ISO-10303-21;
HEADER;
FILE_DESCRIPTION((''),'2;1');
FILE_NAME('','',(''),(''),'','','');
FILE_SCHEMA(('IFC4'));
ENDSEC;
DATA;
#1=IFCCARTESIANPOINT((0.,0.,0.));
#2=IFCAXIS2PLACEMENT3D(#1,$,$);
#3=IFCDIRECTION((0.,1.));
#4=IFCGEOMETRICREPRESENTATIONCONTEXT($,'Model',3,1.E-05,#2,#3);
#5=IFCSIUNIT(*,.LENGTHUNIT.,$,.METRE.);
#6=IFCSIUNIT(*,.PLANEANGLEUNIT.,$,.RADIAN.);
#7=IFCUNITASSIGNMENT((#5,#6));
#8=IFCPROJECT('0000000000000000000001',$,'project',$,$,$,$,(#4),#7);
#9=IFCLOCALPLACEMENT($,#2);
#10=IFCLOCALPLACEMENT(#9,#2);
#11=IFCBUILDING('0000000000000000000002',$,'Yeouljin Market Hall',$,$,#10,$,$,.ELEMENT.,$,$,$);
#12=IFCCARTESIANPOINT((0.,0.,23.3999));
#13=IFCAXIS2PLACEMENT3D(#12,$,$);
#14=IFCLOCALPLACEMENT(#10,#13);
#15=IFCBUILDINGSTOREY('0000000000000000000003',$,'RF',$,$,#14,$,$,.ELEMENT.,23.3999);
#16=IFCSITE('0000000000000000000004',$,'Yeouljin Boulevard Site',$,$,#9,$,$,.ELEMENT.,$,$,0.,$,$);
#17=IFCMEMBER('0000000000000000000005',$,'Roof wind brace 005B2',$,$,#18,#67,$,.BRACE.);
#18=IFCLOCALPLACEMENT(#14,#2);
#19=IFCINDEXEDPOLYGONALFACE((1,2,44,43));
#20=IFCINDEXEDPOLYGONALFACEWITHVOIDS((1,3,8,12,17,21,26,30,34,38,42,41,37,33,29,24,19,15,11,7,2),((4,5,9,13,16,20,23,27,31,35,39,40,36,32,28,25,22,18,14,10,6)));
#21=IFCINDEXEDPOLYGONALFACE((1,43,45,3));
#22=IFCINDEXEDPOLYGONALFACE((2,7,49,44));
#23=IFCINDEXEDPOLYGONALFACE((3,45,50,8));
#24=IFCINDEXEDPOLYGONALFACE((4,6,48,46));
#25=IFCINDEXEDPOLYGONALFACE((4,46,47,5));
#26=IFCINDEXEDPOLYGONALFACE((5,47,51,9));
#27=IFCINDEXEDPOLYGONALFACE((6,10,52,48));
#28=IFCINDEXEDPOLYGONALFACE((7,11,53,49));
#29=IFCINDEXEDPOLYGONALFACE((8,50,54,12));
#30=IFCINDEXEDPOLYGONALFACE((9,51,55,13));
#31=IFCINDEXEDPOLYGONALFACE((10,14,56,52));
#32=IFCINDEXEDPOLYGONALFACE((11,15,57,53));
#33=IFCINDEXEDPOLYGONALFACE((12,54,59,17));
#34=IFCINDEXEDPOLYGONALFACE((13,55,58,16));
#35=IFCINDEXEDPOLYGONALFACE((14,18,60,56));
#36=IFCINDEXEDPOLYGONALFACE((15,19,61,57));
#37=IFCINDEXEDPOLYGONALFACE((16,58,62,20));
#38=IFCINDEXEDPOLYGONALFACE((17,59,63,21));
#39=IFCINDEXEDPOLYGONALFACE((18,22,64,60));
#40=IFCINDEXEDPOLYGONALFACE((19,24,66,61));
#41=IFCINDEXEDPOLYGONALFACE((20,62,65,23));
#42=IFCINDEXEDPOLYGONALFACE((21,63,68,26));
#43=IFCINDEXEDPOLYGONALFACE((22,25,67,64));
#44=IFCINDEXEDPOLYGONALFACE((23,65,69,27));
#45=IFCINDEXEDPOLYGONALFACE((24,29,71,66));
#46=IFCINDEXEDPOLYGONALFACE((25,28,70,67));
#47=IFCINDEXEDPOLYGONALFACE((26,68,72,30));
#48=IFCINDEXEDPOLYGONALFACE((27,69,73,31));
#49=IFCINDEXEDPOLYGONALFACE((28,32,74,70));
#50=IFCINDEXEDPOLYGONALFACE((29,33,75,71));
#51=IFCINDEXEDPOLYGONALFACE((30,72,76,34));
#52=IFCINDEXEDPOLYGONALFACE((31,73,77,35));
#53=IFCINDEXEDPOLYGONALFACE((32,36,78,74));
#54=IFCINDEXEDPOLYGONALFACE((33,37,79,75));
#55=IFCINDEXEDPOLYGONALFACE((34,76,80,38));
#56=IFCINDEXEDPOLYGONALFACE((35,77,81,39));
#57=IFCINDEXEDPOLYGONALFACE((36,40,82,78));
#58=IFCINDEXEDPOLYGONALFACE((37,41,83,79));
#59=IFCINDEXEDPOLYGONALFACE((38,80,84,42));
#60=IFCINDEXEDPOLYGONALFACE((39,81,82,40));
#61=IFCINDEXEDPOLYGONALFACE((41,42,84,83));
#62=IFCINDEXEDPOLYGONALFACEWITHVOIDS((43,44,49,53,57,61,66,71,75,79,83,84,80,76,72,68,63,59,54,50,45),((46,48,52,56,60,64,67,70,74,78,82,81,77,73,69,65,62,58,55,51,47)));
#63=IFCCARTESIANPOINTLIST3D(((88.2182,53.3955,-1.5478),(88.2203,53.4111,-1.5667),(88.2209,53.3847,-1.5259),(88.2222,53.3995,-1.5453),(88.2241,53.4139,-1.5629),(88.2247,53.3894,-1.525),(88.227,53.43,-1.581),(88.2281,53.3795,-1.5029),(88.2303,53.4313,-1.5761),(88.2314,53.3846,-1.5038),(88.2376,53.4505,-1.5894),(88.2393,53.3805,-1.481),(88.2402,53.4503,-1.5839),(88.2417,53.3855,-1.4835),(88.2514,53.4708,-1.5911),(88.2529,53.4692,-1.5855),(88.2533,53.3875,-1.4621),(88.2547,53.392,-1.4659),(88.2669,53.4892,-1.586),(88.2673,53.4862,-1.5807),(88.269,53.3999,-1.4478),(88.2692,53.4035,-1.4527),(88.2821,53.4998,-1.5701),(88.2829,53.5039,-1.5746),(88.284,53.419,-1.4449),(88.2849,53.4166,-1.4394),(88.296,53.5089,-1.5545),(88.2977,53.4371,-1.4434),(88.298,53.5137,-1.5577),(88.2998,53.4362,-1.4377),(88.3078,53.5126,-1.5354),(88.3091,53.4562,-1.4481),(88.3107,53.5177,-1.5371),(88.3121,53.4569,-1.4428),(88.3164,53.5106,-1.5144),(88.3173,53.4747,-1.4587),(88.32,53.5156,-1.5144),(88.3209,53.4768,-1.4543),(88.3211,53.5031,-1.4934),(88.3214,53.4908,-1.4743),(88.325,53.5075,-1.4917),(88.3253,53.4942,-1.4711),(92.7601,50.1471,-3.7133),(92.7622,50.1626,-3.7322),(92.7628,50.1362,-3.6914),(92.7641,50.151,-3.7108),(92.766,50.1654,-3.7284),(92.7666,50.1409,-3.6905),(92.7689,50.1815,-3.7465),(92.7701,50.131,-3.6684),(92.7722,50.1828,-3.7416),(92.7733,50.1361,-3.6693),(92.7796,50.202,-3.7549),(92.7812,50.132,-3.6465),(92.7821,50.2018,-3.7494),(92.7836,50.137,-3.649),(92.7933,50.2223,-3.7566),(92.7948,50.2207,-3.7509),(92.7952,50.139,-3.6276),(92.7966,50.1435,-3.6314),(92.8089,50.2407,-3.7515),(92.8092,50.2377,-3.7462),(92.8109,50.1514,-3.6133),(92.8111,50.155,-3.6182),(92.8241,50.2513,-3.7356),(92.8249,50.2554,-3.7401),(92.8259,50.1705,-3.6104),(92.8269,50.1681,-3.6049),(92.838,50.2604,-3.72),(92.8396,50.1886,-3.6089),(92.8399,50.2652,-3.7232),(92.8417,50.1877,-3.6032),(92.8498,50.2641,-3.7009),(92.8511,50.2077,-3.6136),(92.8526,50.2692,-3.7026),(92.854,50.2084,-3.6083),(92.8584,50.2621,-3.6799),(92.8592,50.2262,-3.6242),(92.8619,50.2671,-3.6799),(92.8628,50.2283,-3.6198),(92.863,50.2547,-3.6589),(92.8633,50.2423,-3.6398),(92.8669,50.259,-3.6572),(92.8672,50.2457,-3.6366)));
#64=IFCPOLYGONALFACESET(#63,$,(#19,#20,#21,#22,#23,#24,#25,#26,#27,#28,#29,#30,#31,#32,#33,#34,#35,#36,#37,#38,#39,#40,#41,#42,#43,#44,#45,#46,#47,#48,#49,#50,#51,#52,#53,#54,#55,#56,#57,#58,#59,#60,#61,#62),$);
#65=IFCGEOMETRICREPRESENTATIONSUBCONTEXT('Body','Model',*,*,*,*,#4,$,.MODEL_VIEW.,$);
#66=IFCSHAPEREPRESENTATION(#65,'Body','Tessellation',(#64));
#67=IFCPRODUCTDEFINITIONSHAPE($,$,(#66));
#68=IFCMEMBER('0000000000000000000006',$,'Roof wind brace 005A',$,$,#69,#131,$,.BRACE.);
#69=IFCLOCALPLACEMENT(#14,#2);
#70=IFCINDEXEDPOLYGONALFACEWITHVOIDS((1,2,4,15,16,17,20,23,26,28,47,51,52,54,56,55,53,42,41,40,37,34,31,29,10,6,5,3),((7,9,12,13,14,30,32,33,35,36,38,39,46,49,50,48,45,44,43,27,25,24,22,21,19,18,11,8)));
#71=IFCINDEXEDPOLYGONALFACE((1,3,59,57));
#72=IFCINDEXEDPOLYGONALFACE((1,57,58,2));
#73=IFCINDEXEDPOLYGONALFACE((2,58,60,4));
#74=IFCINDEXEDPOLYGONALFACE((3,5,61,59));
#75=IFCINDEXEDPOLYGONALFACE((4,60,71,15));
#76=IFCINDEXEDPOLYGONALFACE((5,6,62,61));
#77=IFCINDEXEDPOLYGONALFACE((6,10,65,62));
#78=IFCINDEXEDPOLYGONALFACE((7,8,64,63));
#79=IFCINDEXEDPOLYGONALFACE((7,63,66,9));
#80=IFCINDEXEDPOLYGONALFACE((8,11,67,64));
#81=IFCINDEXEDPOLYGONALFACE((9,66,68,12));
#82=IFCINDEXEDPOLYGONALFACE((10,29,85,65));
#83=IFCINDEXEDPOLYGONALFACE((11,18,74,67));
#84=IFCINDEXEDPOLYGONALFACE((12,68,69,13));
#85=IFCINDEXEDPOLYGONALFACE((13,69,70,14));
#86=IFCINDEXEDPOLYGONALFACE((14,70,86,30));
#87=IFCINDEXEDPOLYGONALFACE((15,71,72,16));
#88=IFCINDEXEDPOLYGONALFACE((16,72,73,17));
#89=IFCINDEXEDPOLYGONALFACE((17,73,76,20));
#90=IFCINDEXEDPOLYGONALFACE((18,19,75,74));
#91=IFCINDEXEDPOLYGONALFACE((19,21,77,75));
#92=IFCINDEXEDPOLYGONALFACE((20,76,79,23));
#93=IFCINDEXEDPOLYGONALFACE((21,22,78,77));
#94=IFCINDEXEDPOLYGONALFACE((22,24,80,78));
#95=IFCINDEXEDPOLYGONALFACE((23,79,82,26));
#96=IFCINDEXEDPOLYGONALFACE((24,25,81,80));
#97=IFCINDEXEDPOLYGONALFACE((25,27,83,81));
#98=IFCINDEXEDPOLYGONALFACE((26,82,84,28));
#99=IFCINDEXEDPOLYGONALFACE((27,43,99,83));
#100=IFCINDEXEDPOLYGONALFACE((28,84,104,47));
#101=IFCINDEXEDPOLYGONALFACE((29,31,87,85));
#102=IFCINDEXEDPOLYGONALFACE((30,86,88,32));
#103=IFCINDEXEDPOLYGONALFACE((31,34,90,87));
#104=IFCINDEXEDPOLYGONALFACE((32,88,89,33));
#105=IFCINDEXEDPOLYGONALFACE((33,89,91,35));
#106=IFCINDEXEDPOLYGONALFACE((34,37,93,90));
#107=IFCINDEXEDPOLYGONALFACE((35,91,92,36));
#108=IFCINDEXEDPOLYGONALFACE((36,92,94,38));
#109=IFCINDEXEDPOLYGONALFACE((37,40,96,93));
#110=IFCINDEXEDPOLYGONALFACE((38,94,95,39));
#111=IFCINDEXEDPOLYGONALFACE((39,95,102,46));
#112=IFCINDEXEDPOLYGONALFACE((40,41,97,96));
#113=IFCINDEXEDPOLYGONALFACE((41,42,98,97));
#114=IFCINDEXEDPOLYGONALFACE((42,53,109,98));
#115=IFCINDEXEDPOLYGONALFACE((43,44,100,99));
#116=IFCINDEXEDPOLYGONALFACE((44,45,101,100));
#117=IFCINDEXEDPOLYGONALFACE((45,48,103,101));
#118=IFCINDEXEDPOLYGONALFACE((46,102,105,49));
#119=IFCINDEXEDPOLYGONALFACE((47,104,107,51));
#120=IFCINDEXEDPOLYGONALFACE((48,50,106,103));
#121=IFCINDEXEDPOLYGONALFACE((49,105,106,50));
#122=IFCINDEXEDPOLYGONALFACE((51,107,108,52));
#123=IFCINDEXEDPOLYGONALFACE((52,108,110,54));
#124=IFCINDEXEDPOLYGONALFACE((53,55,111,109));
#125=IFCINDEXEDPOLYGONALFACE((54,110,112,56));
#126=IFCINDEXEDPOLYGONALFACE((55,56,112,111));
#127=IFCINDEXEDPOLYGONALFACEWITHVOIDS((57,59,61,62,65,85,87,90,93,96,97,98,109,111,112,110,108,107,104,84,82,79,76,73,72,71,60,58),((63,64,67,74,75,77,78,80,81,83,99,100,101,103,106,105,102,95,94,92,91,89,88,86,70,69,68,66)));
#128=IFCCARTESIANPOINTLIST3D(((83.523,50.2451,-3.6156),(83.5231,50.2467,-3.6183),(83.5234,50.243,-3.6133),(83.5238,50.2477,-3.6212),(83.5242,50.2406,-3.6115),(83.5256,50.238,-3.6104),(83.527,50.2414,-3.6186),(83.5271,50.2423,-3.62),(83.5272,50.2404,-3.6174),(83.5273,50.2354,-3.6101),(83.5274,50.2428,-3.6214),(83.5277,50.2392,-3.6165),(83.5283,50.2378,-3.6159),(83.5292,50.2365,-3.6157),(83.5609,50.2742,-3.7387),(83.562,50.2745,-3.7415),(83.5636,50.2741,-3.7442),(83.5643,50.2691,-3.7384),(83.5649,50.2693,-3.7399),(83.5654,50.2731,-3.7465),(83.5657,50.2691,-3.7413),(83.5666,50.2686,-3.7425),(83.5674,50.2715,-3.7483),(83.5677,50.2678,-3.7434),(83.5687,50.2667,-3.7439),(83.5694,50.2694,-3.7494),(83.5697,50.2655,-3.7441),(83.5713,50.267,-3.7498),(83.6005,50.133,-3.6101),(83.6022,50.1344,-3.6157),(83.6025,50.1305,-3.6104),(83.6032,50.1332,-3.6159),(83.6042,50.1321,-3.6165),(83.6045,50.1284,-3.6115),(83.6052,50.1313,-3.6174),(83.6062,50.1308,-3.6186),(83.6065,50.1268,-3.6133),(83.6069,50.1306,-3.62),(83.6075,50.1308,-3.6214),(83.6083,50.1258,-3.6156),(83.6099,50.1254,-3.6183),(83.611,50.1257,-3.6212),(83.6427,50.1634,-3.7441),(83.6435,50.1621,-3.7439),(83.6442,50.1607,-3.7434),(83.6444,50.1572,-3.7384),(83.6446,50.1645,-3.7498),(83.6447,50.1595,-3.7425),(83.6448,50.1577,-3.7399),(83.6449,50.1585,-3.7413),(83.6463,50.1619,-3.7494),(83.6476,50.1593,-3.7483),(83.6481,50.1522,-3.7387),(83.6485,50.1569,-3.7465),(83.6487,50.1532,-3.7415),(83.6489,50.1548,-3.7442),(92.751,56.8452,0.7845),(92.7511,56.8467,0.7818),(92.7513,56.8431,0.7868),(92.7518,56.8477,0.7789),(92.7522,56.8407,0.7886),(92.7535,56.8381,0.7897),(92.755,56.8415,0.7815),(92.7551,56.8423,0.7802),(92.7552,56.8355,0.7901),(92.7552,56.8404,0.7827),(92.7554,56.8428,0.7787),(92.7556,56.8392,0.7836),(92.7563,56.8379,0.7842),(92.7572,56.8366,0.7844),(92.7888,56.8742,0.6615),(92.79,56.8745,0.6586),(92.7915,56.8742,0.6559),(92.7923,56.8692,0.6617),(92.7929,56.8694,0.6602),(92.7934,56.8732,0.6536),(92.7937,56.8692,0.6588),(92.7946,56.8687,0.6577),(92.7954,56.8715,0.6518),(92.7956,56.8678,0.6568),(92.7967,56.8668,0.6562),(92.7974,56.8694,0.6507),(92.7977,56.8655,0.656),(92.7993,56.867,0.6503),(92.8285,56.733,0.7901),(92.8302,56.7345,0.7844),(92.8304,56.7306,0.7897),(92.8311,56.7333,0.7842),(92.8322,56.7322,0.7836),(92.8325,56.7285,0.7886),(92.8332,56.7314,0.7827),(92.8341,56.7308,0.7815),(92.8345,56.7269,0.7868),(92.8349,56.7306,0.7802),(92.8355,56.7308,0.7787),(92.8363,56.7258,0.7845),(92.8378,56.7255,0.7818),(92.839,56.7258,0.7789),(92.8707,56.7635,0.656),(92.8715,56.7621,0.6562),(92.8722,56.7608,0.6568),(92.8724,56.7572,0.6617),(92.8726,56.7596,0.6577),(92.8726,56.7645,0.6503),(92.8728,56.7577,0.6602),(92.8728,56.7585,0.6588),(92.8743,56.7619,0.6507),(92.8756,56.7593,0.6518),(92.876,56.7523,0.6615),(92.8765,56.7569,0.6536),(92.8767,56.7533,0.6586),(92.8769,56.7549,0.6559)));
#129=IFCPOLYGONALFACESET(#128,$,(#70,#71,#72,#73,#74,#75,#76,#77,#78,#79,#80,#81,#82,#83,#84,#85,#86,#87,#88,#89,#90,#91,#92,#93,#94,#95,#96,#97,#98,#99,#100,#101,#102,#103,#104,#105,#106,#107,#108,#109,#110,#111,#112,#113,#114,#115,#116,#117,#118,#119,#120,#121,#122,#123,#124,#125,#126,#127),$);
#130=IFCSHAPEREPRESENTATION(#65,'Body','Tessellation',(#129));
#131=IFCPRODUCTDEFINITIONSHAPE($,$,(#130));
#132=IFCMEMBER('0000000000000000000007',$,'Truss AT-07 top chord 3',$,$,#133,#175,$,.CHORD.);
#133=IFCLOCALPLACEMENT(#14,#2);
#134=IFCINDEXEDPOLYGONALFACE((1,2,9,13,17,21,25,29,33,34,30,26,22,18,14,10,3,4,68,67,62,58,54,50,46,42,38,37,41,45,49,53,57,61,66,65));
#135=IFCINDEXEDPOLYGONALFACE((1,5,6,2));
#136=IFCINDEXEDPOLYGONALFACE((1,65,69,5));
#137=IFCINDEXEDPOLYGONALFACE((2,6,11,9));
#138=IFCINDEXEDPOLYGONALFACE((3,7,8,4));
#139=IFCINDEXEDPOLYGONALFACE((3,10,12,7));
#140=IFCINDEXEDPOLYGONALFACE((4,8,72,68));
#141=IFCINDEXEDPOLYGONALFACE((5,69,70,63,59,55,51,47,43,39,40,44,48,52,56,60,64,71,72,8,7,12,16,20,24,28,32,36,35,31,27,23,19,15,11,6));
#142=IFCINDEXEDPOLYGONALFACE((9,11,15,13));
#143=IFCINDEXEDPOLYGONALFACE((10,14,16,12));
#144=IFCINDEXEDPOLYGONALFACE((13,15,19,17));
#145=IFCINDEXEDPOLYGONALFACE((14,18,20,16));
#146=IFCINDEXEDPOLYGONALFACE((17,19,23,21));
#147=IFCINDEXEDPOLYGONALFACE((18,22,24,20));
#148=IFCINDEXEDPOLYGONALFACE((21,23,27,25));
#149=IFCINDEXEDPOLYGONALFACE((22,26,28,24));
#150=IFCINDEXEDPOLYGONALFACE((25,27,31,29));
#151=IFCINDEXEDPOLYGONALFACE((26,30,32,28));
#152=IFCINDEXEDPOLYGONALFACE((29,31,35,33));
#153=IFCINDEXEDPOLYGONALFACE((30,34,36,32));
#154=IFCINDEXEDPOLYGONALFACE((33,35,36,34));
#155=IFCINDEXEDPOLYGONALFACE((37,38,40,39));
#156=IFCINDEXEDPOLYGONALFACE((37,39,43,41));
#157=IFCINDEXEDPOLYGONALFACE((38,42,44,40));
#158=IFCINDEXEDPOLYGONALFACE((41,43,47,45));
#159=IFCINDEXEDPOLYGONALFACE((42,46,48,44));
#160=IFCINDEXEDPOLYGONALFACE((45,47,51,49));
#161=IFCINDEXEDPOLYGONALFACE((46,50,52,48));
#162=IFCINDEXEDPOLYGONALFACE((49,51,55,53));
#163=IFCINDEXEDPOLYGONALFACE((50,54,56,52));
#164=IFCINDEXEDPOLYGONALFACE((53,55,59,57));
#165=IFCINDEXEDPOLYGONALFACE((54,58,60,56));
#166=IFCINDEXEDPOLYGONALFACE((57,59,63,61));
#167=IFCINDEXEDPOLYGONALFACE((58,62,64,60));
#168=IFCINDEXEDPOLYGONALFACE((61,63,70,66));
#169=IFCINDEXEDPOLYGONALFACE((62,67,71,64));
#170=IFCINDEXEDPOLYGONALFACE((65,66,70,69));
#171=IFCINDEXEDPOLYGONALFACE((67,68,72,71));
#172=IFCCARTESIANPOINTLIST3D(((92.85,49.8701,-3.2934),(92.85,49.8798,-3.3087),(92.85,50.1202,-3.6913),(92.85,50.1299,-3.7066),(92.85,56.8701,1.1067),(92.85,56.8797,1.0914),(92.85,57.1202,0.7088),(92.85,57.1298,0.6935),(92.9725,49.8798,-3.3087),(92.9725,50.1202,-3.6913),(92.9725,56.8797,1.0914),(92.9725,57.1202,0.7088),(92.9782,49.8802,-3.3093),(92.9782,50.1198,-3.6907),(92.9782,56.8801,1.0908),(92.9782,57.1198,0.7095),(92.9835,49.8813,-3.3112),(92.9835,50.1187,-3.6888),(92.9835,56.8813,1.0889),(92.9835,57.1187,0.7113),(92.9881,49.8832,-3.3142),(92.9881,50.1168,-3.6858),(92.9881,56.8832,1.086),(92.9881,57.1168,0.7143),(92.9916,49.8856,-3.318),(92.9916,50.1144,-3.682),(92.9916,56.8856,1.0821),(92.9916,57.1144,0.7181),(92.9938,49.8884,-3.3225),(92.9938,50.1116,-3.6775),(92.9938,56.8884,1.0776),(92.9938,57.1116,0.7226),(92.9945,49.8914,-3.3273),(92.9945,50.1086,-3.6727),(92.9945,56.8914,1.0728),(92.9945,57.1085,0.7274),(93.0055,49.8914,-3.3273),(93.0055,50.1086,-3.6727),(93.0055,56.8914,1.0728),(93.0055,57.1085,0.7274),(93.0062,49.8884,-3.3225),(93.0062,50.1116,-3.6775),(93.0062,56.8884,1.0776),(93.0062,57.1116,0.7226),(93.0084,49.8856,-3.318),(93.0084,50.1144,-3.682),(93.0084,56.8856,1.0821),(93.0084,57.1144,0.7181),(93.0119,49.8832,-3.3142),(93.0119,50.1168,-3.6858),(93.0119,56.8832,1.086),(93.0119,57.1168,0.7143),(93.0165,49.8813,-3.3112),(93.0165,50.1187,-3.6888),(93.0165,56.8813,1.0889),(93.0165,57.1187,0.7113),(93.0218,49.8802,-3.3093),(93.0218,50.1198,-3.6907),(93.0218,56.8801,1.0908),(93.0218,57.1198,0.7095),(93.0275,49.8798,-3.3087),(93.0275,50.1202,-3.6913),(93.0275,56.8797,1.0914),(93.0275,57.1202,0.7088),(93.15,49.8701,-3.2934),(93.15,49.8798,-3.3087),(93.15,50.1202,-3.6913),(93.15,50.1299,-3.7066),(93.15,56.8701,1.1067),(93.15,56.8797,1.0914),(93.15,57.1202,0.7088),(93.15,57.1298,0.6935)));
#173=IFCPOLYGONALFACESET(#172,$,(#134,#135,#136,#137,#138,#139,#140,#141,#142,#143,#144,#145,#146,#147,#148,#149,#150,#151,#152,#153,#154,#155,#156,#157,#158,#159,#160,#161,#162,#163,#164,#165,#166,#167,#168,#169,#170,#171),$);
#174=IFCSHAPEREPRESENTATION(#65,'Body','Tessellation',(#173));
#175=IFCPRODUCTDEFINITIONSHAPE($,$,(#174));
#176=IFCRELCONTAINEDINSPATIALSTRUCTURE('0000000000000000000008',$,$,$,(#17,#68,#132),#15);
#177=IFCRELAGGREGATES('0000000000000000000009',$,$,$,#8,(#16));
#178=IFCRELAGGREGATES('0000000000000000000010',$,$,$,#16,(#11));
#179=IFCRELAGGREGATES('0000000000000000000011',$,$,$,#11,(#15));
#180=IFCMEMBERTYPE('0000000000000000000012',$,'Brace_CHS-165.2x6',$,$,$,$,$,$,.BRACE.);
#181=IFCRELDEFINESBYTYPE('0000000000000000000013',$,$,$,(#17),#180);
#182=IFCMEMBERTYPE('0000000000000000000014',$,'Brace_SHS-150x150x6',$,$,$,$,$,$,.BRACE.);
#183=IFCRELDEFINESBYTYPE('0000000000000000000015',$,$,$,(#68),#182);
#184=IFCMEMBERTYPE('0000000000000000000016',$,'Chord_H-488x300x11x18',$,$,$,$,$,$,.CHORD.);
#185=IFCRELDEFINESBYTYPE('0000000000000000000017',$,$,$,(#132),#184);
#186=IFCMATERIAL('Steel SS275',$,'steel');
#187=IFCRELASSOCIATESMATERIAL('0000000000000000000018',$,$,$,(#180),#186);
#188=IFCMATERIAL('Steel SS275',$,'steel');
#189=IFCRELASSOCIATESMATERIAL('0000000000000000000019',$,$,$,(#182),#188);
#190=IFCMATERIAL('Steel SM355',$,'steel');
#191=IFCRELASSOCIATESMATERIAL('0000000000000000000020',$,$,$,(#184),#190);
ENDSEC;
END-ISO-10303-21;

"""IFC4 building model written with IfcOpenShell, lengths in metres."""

from ifc_helpers import new_model, si_unit, direction, frame, origin, origin_2d, place, context, subcontext, project, spatial, hollow_rectangle, hollow_circle, i_section, extrude, material, material_profile, profile_set, type_object, element, save


model = new_model("IFC4")

# Units and contexts
model_context = context("Model", 3, precision=1e-05, world=origin(), true_north=direction((0.0, 1.0)))
body_context = subcontext(model_context, "Body", "Model", "MODEL_VIEW")
ifc_project = project(units=[si_unit("LENGTHUNIT", "METRE"), si_unit("PLANEANGLEUNIT", "RADIAN")], contexts=[model_context])

# Site, building, storey
site_placement = place(None, origin())
site = spatial("IfcSite", under=ifc_project, at=site_placement, Name="Yeouljin Boulevard Site", CompositionType="ELEMENT", RefElevation=0.0)
building_placement = place(site_placement, origin())
building = spatial("IfcBuilding", under=site, at=building_placement, Name="Yeouljin Market Hall", CompositionType="ELEMENT")
storey_placement = place(building_placement, frame((0.0, 0.0, 23.3999)))
storey = spatial("IfcBuildingStorey", under=building, at=storey_placement, Name="RF", CompositionType="ELEMENT", Elevation=23.3999)

# Members
ifc_material_1 = material(Name="Steel SS275", Category="steel")
ifc_material_profile_1 = material_profile(ifc_material_1, hollow_circle(Radius=0.0825, WallThickness=0.0061, at=origin_2d()), Name="CHS-165.2x6")
ifc_profile_set_1 = profile_set([ifc_material_profile_1], Name="Steel SS275")
member_type_1 = type_object("IfcMemberType", Name="Brace_CHS-165.2x6", PredefinedType="BRACE", material=ifc_profile_set_1)
member_1_placement = place(storey_placement, frame((88.272, 53.4485, -1.5144), z_axis=(0.758346, -0.542386, -0.361564), x_axis=(0.581743, 0.813373, 0.0)))
element("IfcMember", 1, at=member_1_placement, inside=storey, type_object=member_type_1, Name="Roof wind brace 005B2", PredefinedType="BRACE", context=body_context, shape_type="SweptSolid", body=[
    extrude(hollow_circle(Radius=0.0825, WallThickness=0.0061, at=origin_2d()), origin(), (0.0, 0.0, 1.0), 5.9893),
])
ifc_material_2 = material(Name="Steel SS275", Category="steel")
ifc_material_profile_2 = material_profile(ifc_material_2, hollow_rectangle(XDim=0.1499, YDim=0.1499, WallThickness=0.0061, InnerFilletRadius=0.0061, OuterFilletRadius=0.012, at=origin_2d()), Name="SHS-150x150x6")
ifc_profile_set_2 = profile_set([ifc_material_profile_2], Name="Steel SS275")
member_type_2 = type_object("IfcMemberType", Name="Brace_SHS-150x150x6", PredefinedType="BRACE", material=ifc_profile_set_2)
member_2_placement = place(storey_placement, frame((83.5859, 50.2, -3.6799), z_axis=(0.758337, 0.54238, 0.361593), x_axis=(-0.581743, 0.813373, 0.0)))
element("IfcMember", 2, at=member_2_placement, inside=storey, type_object=member_type_2, Name="Roof wind brace 005A", PredefinedType="BRACE", context=body_context, shape_type="SweptSolid", body=[
    extrude(hollow_rectangle(XDim=0.1499, YDim=0.1499, WallThickness=0.0061, InnerFilletRadius=0.0061, OuterFilletRadius=0.012, at=origin_2d()), origin(), (0.0, 0.0, 1.0), 12.1687),
])
ifc_material_3 = material(Name="Steel SM355", Category="steel")
ifc_material_profile_3 = material_profile(ifc_material_3, i_section(OverallWidth=0.3, OverallDepth=0.488, WebThickness=0.011, FlangeThickness=0.0181, FilletRadius=0.022, at=origin_2d()), Name="H-488x300x11x18")
ifc_profile_set_3 = profile_set([ifc_material_profile_3], Name="Steel SM355")
member_type_3 = type_object("IfcMemberType", Name="Chord_H-488x300x11x18", PredefinedType="CHORD", material=ifc_profile_set_3)
for number, where, z_axis, x_axis, name in (
    (3, (93.0, 50.0, -3.5), (0.0, 0.846629, 0.532184), (-1.0, 0.0, 0.0), "Truss AT-07 top chord 3"),
):
    element("IfcMember", number, at=place(storey_placement, frame(where, z_axis=z_axis, x_axis=x_axis)), inside=storey, type_object=member_type_3, Name=name, PredefinedType="CHORD", context=body_context, shape_type="SweptSolid", body=[
        extrude(i_section(OverallWidth=0.3, OverallDepth=0.488, WebThickness=0.011, FlangeThickness=0.0181, FilletRadius=0.022, at=origin_2d()), origin(), (0.0, 0.0, 1.0), 8.2681),
    ])

save(model, "model.ifc")
